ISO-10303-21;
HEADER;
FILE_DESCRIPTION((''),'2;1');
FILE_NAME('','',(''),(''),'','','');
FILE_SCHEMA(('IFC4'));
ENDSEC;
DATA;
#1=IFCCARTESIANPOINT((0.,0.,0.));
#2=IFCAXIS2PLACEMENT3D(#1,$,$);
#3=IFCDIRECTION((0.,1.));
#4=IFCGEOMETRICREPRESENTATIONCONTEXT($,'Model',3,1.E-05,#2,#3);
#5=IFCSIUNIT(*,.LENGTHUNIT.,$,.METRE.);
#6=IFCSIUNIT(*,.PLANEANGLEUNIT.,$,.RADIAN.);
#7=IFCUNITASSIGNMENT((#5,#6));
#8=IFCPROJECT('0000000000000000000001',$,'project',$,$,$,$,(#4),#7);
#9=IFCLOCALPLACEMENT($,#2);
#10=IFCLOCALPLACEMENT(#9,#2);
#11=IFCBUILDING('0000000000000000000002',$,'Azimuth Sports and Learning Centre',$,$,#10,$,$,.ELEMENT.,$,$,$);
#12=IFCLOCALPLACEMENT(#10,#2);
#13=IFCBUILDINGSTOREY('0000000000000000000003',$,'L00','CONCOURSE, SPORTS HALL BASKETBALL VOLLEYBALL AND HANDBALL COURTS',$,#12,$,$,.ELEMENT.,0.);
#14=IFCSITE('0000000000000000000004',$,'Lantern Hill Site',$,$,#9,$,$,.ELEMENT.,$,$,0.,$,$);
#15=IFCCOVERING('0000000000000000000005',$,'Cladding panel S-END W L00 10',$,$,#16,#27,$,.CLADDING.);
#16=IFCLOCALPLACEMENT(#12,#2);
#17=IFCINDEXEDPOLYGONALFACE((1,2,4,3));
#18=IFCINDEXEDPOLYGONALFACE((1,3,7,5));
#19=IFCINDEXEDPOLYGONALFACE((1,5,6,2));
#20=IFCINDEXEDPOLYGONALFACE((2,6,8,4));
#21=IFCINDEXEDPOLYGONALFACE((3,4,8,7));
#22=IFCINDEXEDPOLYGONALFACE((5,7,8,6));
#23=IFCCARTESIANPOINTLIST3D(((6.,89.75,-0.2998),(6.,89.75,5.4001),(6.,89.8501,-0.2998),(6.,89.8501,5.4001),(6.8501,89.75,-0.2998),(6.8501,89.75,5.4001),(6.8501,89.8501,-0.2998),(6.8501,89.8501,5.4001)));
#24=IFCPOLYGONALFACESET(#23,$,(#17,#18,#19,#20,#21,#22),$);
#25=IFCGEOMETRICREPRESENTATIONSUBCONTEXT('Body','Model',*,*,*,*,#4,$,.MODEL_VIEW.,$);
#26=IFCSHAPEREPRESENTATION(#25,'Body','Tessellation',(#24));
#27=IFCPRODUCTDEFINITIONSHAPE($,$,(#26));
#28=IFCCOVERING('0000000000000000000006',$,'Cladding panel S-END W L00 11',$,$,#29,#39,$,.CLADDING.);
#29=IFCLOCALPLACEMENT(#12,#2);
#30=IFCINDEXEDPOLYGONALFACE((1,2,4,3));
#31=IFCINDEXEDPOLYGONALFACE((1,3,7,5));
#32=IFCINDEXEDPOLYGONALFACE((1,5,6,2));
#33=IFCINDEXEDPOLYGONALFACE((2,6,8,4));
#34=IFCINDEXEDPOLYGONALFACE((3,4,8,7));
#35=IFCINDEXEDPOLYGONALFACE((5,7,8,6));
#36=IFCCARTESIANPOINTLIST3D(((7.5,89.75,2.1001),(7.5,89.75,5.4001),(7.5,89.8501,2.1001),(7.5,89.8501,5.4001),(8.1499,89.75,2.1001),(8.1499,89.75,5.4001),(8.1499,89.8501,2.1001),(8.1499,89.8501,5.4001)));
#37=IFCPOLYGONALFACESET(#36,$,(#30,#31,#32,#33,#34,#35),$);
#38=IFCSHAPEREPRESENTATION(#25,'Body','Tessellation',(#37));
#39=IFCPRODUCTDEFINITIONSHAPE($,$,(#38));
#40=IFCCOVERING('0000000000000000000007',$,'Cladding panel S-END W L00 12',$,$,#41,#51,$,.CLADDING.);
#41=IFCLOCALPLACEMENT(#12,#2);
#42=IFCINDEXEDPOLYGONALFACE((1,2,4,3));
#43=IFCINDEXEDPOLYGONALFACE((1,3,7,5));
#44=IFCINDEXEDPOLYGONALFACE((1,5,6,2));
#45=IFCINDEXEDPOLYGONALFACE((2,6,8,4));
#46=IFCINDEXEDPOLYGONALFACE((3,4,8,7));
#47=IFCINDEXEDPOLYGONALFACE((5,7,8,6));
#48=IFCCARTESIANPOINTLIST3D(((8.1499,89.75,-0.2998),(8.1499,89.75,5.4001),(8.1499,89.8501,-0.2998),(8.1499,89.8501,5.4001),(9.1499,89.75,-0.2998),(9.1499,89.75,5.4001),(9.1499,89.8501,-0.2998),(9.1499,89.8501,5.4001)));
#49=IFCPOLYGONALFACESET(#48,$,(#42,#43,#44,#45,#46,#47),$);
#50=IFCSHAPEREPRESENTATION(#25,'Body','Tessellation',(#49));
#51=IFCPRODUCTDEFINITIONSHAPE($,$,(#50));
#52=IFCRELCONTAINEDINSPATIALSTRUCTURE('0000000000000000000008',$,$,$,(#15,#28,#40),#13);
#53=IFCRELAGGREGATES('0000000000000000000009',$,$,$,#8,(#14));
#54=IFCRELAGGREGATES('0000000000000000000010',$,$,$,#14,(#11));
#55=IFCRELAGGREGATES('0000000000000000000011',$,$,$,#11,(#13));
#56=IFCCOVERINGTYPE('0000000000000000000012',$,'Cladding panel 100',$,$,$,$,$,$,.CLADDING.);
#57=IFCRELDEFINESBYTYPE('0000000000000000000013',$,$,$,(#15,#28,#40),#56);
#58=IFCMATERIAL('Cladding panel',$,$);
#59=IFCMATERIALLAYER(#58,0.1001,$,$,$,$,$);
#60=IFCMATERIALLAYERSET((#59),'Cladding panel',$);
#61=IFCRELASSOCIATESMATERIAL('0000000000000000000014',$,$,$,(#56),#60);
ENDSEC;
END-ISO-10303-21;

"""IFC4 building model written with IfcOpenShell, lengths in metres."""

from ifc_helpers import new_model, si_unit, direction, frame, origin, origin_2d, place, context, subcontext, project, spatial, rectangle, extrude, material, layer, layer_set, type_object, element, save


model = new_model("IFC4")

# Units and contexts
model_context = context("Model", 3, precision=1e-05, world=origin(), true_north=direction((0.0, 1.0)))
body_context = subcontext(model_context, "Body", "Model", "MODEL_VIEW")
ifc_project = project(units=[si_unit("LENGTHUNIT", "METRE"), si_unit("PLANEANGLEUNIT", "RADIAN")], contexts=[model_context])

# Site, building, storey
site_placement = place(None, origin())
site = spatial("IfcSite", under=ifc_project, at=site_placement, Name="Lantern Hill Site", CompositionType="ELEMENT", RefElevation=0.0)
building_placement = place(site_placement, origin())
building = spatial("IfcBuilding", under=site, at=building_placement, Name="Azimuth Sports and Learning Centre", CompositionType="ELEMENT")
storey_placement = place(building_placement, origin())
storey = spatial("IfcBuildingStorey", under=building, at=storey_placement, Name="L00", Description="CONCOURSE, SPORTS HALL BASKETBALL VOLLEYBALL AND HANDBALL COURTS", CompositionType="ELEMENT", Elevation=0.0)

# Coverings
ifc_material_1 = material(Name="Cladding panel")
ifc_layer_1 = layer(ifc_material_1, 0.1001)
ifc_layer_set_1 = layer_set([ifc_layer_1], Name="Cladding panel")
covering_type = type_object("IfcCoveringType", Name="Cladding panel 100", PredefinedType="CLADDING", material=ifc_layer_set_1)
covering_1_placement = place(storey_placement, frame((6.425, 89.8, -0.2998), z_axis=(0.0, 0.0, 1.0), x_axis=(1.0, 0.0, 0.0)))
element("IfcCovering", 1, at=covering_1_placement, inside=storey, type_object=covering_type, Name="Cladding panel S-END W L00 10", PredefinedType="CLADDING", context=body_context, shape_type="SweptSolid", body=[
    extrude(rectangle(XDim=0.8501, YDim=0.1001, at=origin_2d()), origin(), (0.0, 0.0, 1.0), 5.7),
])
covering_2_placement = place(storey_placement, frame((7.825, 89.8, 2.1001), z_axis=(0.0, 0.0, 1.0), x_axis=(1.0, 0.0, 0.0)))
element("IfcCovering", 2, at=covering_2_placement, inside=storey, type_object=covering_type, Name="Cladding panel S-END W L00 11", PredefinedType="CLADDING", context=body_context, shape_type="SweptSolid", body=[
    extrude(rectangle(XDim=0.6499, YDim=0.1001, at=origin_2d()), origin(), (0.0, 0.0, 1.0), 3.3),
])
covering_3_placement = place(storey_placement, frame((8.6499, 89.8, -0.2998), z_axis=(0.0, 0.0, 1.0), x_axis=(1.0, 0.0, 0.0)))
element("IfcCovering", 3, at=covering_3_placement, inside=storey, type_object=covering_type, Name="Cladding panel S-END W L00 12", PredefinedType="CLADDING", context=body_context, shape_type="SweptSolid", body=[
    extrude(rectangle(XDim=1.0, YDim=0.1001, at=origin_2d()), origin(), (0.0, 0.0, 1.0), 5.7),
])

save(model, "model.ifc")
